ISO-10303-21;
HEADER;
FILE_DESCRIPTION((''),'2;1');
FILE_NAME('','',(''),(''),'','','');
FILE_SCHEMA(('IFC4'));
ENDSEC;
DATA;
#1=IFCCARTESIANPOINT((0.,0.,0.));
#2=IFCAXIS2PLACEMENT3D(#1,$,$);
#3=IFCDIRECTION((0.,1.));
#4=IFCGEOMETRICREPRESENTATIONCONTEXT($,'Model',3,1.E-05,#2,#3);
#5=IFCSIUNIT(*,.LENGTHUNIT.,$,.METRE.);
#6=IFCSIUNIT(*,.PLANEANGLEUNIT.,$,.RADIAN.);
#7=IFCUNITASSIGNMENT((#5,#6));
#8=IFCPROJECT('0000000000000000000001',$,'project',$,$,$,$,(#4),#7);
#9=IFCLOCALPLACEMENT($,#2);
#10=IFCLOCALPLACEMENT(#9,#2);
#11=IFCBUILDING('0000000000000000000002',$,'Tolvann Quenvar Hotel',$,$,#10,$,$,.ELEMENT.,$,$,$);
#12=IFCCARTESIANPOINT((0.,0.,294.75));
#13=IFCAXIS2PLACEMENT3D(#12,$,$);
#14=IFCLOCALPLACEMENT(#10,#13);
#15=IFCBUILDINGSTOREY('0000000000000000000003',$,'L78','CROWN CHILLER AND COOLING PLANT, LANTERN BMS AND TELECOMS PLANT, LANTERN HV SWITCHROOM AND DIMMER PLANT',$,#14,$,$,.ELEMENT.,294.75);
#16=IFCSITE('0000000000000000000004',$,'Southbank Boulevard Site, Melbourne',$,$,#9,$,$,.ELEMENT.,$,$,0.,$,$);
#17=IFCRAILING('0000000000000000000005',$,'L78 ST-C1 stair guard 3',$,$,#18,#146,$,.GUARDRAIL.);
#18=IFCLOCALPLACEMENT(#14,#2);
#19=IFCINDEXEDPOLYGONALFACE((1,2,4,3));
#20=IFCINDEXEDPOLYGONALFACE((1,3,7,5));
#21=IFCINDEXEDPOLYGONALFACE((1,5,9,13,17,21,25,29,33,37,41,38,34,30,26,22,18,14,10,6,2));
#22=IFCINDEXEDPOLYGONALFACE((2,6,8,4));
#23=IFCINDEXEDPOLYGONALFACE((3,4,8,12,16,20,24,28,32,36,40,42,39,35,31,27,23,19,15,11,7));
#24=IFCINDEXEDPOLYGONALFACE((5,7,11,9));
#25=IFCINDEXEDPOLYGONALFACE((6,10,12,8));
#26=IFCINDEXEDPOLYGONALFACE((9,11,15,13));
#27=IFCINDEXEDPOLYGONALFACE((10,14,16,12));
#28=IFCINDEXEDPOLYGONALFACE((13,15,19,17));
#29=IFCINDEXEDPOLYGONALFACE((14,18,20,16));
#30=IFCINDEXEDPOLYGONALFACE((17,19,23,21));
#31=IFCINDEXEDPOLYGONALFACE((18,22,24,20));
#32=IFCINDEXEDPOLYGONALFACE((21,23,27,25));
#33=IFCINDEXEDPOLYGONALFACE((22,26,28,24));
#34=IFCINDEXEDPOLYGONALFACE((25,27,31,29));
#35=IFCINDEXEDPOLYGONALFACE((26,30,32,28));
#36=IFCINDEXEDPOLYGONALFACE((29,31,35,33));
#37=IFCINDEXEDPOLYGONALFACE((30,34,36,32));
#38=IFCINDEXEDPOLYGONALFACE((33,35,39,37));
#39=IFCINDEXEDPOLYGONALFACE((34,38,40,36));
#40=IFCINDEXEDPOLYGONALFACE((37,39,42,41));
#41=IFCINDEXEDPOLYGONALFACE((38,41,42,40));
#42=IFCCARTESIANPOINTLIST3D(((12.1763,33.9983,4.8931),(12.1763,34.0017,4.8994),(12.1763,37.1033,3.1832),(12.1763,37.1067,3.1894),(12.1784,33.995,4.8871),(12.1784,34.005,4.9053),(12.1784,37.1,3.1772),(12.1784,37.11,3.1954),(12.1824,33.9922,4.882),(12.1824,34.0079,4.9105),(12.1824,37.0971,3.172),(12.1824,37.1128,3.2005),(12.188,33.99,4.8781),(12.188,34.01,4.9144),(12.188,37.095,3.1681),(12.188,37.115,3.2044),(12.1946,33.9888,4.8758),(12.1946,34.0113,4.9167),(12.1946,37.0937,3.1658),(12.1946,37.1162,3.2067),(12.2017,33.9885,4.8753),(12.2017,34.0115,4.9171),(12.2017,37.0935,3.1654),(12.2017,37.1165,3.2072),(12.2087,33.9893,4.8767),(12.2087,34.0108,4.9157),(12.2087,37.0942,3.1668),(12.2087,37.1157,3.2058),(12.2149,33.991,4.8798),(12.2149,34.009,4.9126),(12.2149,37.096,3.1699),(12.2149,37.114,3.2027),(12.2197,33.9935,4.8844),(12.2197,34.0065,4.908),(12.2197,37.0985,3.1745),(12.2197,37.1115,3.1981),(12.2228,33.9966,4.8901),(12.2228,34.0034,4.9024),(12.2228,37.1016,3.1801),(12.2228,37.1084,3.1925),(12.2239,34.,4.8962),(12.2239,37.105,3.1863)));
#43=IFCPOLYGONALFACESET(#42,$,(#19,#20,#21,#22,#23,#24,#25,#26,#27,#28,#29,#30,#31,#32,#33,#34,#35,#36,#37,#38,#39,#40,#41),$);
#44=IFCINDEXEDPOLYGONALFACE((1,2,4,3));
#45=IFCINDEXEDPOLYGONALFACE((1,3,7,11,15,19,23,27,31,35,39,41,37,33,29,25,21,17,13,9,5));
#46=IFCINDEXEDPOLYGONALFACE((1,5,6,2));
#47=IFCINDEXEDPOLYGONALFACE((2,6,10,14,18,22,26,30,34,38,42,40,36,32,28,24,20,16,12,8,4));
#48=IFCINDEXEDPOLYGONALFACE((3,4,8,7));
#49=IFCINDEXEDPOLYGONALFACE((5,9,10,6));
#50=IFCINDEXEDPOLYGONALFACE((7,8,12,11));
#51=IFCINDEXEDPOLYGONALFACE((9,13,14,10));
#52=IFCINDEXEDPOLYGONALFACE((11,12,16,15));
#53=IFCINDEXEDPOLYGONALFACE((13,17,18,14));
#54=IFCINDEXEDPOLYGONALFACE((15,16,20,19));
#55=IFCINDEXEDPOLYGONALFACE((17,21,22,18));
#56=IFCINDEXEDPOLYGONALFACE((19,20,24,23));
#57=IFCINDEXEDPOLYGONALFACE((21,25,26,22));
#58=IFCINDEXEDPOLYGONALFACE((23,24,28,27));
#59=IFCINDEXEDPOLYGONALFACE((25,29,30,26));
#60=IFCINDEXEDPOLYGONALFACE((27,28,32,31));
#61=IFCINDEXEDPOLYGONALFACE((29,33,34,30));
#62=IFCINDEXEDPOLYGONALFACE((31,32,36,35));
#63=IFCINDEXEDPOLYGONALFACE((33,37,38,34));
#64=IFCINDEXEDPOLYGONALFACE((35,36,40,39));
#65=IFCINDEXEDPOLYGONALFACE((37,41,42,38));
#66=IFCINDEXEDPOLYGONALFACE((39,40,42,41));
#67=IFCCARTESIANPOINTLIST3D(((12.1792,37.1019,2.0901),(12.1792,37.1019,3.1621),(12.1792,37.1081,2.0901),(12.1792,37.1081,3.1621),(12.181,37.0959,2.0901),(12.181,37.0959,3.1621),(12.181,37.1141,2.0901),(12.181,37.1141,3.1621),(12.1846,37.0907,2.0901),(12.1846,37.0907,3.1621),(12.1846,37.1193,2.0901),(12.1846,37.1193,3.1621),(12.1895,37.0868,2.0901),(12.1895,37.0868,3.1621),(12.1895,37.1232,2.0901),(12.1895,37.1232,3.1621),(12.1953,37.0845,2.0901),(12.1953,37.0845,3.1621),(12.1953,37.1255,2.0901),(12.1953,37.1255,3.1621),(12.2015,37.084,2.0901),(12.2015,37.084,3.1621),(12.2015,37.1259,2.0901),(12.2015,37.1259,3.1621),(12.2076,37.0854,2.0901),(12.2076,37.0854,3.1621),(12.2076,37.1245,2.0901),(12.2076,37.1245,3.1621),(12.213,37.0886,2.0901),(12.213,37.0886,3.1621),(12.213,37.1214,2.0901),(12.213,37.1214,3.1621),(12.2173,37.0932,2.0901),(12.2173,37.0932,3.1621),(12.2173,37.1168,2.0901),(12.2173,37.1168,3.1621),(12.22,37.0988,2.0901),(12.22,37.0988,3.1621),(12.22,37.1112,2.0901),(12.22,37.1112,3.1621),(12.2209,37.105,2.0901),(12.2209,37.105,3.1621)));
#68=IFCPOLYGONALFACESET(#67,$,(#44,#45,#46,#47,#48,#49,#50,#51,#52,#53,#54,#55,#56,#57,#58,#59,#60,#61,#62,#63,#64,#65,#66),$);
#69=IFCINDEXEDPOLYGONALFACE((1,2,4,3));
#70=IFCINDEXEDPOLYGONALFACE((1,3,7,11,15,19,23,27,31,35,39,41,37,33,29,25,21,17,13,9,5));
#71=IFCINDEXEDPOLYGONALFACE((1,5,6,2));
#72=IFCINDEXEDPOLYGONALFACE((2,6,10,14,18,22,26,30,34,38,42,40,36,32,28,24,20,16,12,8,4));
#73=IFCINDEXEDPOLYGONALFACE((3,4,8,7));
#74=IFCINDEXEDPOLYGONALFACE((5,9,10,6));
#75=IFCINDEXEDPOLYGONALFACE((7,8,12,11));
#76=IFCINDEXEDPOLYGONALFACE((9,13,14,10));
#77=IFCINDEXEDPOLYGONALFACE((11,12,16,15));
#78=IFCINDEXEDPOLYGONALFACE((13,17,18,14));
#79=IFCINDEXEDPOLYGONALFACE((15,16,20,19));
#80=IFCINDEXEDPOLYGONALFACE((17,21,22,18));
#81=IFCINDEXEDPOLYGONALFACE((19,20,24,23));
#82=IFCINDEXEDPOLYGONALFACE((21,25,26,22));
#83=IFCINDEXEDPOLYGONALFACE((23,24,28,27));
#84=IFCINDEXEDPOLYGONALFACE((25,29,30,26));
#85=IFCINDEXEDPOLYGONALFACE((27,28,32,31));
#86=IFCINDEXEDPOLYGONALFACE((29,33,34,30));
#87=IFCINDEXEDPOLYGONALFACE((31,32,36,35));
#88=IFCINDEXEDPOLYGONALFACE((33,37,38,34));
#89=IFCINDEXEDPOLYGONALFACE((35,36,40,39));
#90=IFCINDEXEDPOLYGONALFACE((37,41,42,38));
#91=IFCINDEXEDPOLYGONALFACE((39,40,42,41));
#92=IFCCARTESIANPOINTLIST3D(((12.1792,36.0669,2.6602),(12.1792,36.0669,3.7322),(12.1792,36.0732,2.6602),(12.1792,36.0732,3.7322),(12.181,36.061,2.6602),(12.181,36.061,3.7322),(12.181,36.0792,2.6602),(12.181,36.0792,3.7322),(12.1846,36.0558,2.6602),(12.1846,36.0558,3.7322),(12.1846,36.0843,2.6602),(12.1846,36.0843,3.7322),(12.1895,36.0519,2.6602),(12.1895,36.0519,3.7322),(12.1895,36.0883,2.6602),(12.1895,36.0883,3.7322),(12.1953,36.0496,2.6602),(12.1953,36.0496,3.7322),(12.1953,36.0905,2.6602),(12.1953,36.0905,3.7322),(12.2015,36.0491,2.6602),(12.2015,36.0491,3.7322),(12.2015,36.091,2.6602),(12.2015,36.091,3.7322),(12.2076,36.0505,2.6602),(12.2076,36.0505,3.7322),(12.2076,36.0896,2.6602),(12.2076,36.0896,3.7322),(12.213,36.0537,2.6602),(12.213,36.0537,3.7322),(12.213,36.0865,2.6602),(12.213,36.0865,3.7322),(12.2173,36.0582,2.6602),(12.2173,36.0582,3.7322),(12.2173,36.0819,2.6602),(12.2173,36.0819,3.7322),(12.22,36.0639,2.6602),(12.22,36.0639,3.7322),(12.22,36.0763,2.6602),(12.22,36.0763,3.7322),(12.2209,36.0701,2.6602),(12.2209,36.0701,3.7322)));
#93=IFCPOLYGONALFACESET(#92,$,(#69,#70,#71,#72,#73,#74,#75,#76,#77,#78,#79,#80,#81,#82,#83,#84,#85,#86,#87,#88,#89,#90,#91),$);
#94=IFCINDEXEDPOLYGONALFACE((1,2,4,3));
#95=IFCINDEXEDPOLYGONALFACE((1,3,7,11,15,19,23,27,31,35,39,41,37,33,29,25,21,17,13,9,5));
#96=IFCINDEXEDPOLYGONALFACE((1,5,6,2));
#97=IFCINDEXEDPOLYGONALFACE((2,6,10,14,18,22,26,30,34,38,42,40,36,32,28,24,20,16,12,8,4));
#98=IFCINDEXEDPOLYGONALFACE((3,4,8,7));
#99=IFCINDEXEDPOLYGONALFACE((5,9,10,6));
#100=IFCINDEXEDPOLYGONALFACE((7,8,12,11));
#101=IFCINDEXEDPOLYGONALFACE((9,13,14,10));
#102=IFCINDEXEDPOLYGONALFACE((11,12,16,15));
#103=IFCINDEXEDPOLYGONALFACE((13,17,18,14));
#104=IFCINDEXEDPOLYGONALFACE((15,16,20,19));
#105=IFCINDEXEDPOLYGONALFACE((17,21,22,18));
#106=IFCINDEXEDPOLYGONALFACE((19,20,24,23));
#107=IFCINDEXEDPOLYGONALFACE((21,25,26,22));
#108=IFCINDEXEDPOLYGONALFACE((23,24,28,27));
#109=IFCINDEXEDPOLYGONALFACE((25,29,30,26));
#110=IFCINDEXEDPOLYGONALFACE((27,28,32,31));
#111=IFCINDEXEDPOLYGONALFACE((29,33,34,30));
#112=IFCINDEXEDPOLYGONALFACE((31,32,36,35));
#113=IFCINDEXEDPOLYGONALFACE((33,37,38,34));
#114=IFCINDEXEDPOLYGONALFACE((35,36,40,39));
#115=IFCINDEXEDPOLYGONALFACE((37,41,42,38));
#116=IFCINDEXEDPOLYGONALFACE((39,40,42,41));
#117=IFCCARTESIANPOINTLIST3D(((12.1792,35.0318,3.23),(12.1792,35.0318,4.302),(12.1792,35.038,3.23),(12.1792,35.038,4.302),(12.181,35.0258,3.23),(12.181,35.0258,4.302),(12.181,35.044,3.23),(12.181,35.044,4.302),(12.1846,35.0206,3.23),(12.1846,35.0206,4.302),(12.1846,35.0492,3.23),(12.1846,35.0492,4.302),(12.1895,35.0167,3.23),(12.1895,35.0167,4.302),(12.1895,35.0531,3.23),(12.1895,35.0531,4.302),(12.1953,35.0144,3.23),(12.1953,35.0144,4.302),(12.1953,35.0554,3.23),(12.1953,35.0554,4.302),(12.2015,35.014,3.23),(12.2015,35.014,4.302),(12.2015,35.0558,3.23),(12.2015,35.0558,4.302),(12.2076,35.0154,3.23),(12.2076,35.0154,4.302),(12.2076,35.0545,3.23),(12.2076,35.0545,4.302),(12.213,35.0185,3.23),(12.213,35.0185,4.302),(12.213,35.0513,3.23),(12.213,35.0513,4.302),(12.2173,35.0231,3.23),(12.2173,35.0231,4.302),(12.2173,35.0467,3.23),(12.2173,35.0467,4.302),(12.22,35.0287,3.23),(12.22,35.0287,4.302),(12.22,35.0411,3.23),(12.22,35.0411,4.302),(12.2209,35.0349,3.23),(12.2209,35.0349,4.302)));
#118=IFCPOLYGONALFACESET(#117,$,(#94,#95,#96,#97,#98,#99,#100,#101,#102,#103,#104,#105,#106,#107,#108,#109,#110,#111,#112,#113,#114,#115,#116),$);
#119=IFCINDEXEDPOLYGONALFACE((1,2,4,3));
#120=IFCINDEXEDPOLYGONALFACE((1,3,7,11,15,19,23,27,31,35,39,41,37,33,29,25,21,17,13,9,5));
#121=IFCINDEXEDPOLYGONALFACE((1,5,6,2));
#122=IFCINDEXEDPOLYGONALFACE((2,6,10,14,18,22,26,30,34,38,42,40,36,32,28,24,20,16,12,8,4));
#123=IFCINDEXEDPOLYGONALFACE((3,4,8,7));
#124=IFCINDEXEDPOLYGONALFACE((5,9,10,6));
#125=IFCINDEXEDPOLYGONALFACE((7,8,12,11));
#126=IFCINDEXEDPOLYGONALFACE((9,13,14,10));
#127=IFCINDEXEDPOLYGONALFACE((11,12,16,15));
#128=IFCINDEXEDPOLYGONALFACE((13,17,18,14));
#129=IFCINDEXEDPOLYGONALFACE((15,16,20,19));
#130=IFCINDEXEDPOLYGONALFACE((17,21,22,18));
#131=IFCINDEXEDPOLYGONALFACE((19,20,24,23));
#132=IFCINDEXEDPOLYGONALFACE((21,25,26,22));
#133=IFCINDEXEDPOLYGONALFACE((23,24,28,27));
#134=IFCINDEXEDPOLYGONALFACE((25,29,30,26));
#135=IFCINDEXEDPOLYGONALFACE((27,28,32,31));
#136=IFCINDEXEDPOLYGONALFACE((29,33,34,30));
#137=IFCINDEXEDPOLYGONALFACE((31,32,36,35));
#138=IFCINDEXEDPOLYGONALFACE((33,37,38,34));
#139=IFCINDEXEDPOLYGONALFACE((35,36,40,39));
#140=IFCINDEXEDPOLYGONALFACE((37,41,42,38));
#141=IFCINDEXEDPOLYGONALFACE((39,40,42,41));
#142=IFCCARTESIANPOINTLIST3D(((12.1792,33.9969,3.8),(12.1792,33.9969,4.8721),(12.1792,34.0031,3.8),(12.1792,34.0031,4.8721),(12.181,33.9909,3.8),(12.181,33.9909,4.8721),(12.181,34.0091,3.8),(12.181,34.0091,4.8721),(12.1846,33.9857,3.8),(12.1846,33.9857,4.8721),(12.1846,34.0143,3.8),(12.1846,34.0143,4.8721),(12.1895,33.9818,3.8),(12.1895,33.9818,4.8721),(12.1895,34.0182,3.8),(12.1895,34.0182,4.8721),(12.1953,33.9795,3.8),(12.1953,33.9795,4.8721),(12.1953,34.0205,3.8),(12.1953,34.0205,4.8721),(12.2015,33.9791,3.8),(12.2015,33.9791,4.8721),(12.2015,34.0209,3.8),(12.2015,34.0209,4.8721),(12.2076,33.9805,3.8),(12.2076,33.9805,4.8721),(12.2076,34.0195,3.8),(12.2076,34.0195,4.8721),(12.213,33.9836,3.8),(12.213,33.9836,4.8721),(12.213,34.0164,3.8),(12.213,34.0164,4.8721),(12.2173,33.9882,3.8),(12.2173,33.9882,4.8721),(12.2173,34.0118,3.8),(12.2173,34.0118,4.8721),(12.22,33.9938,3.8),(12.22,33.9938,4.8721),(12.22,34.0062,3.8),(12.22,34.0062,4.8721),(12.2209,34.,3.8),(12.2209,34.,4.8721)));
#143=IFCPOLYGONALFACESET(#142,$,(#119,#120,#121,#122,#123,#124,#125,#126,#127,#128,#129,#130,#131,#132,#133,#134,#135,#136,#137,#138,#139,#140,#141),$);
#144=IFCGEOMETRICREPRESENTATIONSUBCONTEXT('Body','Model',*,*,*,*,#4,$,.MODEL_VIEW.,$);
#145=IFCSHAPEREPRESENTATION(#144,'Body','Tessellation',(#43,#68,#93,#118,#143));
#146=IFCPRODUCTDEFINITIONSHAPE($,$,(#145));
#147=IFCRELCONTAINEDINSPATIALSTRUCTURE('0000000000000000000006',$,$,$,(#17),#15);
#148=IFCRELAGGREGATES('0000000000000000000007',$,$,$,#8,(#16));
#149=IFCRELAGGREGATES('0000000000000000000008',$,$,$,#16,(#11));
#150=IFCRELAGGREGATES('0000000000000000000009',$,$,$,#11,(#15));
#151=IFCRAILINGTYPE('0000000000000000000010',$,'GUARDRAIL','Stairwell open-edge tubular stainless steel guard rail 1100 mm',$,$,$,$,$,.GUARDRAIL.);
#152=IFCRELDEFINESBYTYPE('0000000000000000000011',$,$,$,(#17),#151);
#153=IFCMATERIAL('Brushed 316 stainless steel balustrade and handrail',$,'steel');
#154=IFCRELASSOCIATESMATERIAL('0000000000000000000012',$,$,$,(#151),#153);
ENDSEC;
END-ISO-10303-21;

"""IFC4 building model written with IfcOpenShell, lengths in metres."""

from ifc_helpers import new_model, si_unit, direction, frame, origin, origin_2d, place, context, subcontext, project, spatial, circle, extrude, material, type_object, element, save


model = new_model("IFC4")

# Units and contexts
model_context = context("Model", 3, precision=1e-05, world=origin(), true_north=direction((0.0, 1.0)))
body_context = subcontext(model_context, "Body", "Model", "MODEL_VIEW")
ifc_project = project(units=[si_unit("LENGTHUNIT", "METRE"), si_unit("PLANEANGLEUNIT", "RADIAN")], contexts=[model_context])

# Site, building, storey
site_placement = place(None, origin())
site = spatial("IfcSite", under=ifc_project, at=site_placement, Name="Southbank Boulevard Site, Melbourne", CompositionType="ELEMENT", RefElevation=0.0)
building_placement = place(site_placement, origin())
building = spatial("IfcBuilding", under=site, at=building_placement, Name="Tolvann Quenvar Hotel", CompositionType="ELEMENT")
storey_placement = place(building_placement, frame((0.0, 0.0, 294.75)))
storey = spatial("IfcBuildingStorey", under=building, at=storey_placement, Name="L78", Description="CROWN CHILLER AND COOLING PLANT, LANTERN BMS AND TELECOMS PLANT, LANTERN HV SWITCHROOM AND DIMMER PLANT", CompositionType="ELEMENT", Elevation=294.75)

# Railing
ifc_material_1 = material(Name="Brushed 316 stainless steel balustrade and handrail", Category="steel")
railing_type_1 = type_object("IfcRailingType", Name="GUARDRAIL", Description="Stairwell open-edge tubular stainless steel guard rail 1100 mm", PredefinedType="GUARDRAIL", material=ifc_material_1)
railing_1_placement = place(storey_placement, frame((12.2, 37.105, 2.0901)))
element("IfcRailing", 1, at=railing_1_placement, inside=storey, type_object=railing_type_1, Name="L78 ST-C1 stair guard 3", PredefinedType="GUARDRAIL", context=body_context, shape_type="SweptSolid", body=[
    extrude(circle(Radius=0.0239, at=origin_2d()), frame((0.0, 0.0, 1.0962), z_axis=(0.0, -0.875951, 0.4824), x_axis=(1.0, 0.0, 0.0)), (0.0, 0.0, 1.0), 3.5447),
    extrude(circle(Radius=0.021, at=origin_2d()), origin(), (0.0, 0.0, 1.0), 1.072),
    extrude(circle(Radius=0.021, at=origin_2d()), frame((0.0, -1.0349, 0.5701)), (0.0, 0.0, 1.0), 1.072),
    extrude(circle(Radius=0.021, at=origin_2d()), frame((0.0, -2.0701, 1.1399)), (0.0, 0.0, 1.0), 1.072),
    extrude(circle(Radius=0.021, at=origin_2d()), frame((0.0, -3.105, 1.71)), (0.0, 0.0, 1.0), 1.072),
])

save(model, "model.ifc")
